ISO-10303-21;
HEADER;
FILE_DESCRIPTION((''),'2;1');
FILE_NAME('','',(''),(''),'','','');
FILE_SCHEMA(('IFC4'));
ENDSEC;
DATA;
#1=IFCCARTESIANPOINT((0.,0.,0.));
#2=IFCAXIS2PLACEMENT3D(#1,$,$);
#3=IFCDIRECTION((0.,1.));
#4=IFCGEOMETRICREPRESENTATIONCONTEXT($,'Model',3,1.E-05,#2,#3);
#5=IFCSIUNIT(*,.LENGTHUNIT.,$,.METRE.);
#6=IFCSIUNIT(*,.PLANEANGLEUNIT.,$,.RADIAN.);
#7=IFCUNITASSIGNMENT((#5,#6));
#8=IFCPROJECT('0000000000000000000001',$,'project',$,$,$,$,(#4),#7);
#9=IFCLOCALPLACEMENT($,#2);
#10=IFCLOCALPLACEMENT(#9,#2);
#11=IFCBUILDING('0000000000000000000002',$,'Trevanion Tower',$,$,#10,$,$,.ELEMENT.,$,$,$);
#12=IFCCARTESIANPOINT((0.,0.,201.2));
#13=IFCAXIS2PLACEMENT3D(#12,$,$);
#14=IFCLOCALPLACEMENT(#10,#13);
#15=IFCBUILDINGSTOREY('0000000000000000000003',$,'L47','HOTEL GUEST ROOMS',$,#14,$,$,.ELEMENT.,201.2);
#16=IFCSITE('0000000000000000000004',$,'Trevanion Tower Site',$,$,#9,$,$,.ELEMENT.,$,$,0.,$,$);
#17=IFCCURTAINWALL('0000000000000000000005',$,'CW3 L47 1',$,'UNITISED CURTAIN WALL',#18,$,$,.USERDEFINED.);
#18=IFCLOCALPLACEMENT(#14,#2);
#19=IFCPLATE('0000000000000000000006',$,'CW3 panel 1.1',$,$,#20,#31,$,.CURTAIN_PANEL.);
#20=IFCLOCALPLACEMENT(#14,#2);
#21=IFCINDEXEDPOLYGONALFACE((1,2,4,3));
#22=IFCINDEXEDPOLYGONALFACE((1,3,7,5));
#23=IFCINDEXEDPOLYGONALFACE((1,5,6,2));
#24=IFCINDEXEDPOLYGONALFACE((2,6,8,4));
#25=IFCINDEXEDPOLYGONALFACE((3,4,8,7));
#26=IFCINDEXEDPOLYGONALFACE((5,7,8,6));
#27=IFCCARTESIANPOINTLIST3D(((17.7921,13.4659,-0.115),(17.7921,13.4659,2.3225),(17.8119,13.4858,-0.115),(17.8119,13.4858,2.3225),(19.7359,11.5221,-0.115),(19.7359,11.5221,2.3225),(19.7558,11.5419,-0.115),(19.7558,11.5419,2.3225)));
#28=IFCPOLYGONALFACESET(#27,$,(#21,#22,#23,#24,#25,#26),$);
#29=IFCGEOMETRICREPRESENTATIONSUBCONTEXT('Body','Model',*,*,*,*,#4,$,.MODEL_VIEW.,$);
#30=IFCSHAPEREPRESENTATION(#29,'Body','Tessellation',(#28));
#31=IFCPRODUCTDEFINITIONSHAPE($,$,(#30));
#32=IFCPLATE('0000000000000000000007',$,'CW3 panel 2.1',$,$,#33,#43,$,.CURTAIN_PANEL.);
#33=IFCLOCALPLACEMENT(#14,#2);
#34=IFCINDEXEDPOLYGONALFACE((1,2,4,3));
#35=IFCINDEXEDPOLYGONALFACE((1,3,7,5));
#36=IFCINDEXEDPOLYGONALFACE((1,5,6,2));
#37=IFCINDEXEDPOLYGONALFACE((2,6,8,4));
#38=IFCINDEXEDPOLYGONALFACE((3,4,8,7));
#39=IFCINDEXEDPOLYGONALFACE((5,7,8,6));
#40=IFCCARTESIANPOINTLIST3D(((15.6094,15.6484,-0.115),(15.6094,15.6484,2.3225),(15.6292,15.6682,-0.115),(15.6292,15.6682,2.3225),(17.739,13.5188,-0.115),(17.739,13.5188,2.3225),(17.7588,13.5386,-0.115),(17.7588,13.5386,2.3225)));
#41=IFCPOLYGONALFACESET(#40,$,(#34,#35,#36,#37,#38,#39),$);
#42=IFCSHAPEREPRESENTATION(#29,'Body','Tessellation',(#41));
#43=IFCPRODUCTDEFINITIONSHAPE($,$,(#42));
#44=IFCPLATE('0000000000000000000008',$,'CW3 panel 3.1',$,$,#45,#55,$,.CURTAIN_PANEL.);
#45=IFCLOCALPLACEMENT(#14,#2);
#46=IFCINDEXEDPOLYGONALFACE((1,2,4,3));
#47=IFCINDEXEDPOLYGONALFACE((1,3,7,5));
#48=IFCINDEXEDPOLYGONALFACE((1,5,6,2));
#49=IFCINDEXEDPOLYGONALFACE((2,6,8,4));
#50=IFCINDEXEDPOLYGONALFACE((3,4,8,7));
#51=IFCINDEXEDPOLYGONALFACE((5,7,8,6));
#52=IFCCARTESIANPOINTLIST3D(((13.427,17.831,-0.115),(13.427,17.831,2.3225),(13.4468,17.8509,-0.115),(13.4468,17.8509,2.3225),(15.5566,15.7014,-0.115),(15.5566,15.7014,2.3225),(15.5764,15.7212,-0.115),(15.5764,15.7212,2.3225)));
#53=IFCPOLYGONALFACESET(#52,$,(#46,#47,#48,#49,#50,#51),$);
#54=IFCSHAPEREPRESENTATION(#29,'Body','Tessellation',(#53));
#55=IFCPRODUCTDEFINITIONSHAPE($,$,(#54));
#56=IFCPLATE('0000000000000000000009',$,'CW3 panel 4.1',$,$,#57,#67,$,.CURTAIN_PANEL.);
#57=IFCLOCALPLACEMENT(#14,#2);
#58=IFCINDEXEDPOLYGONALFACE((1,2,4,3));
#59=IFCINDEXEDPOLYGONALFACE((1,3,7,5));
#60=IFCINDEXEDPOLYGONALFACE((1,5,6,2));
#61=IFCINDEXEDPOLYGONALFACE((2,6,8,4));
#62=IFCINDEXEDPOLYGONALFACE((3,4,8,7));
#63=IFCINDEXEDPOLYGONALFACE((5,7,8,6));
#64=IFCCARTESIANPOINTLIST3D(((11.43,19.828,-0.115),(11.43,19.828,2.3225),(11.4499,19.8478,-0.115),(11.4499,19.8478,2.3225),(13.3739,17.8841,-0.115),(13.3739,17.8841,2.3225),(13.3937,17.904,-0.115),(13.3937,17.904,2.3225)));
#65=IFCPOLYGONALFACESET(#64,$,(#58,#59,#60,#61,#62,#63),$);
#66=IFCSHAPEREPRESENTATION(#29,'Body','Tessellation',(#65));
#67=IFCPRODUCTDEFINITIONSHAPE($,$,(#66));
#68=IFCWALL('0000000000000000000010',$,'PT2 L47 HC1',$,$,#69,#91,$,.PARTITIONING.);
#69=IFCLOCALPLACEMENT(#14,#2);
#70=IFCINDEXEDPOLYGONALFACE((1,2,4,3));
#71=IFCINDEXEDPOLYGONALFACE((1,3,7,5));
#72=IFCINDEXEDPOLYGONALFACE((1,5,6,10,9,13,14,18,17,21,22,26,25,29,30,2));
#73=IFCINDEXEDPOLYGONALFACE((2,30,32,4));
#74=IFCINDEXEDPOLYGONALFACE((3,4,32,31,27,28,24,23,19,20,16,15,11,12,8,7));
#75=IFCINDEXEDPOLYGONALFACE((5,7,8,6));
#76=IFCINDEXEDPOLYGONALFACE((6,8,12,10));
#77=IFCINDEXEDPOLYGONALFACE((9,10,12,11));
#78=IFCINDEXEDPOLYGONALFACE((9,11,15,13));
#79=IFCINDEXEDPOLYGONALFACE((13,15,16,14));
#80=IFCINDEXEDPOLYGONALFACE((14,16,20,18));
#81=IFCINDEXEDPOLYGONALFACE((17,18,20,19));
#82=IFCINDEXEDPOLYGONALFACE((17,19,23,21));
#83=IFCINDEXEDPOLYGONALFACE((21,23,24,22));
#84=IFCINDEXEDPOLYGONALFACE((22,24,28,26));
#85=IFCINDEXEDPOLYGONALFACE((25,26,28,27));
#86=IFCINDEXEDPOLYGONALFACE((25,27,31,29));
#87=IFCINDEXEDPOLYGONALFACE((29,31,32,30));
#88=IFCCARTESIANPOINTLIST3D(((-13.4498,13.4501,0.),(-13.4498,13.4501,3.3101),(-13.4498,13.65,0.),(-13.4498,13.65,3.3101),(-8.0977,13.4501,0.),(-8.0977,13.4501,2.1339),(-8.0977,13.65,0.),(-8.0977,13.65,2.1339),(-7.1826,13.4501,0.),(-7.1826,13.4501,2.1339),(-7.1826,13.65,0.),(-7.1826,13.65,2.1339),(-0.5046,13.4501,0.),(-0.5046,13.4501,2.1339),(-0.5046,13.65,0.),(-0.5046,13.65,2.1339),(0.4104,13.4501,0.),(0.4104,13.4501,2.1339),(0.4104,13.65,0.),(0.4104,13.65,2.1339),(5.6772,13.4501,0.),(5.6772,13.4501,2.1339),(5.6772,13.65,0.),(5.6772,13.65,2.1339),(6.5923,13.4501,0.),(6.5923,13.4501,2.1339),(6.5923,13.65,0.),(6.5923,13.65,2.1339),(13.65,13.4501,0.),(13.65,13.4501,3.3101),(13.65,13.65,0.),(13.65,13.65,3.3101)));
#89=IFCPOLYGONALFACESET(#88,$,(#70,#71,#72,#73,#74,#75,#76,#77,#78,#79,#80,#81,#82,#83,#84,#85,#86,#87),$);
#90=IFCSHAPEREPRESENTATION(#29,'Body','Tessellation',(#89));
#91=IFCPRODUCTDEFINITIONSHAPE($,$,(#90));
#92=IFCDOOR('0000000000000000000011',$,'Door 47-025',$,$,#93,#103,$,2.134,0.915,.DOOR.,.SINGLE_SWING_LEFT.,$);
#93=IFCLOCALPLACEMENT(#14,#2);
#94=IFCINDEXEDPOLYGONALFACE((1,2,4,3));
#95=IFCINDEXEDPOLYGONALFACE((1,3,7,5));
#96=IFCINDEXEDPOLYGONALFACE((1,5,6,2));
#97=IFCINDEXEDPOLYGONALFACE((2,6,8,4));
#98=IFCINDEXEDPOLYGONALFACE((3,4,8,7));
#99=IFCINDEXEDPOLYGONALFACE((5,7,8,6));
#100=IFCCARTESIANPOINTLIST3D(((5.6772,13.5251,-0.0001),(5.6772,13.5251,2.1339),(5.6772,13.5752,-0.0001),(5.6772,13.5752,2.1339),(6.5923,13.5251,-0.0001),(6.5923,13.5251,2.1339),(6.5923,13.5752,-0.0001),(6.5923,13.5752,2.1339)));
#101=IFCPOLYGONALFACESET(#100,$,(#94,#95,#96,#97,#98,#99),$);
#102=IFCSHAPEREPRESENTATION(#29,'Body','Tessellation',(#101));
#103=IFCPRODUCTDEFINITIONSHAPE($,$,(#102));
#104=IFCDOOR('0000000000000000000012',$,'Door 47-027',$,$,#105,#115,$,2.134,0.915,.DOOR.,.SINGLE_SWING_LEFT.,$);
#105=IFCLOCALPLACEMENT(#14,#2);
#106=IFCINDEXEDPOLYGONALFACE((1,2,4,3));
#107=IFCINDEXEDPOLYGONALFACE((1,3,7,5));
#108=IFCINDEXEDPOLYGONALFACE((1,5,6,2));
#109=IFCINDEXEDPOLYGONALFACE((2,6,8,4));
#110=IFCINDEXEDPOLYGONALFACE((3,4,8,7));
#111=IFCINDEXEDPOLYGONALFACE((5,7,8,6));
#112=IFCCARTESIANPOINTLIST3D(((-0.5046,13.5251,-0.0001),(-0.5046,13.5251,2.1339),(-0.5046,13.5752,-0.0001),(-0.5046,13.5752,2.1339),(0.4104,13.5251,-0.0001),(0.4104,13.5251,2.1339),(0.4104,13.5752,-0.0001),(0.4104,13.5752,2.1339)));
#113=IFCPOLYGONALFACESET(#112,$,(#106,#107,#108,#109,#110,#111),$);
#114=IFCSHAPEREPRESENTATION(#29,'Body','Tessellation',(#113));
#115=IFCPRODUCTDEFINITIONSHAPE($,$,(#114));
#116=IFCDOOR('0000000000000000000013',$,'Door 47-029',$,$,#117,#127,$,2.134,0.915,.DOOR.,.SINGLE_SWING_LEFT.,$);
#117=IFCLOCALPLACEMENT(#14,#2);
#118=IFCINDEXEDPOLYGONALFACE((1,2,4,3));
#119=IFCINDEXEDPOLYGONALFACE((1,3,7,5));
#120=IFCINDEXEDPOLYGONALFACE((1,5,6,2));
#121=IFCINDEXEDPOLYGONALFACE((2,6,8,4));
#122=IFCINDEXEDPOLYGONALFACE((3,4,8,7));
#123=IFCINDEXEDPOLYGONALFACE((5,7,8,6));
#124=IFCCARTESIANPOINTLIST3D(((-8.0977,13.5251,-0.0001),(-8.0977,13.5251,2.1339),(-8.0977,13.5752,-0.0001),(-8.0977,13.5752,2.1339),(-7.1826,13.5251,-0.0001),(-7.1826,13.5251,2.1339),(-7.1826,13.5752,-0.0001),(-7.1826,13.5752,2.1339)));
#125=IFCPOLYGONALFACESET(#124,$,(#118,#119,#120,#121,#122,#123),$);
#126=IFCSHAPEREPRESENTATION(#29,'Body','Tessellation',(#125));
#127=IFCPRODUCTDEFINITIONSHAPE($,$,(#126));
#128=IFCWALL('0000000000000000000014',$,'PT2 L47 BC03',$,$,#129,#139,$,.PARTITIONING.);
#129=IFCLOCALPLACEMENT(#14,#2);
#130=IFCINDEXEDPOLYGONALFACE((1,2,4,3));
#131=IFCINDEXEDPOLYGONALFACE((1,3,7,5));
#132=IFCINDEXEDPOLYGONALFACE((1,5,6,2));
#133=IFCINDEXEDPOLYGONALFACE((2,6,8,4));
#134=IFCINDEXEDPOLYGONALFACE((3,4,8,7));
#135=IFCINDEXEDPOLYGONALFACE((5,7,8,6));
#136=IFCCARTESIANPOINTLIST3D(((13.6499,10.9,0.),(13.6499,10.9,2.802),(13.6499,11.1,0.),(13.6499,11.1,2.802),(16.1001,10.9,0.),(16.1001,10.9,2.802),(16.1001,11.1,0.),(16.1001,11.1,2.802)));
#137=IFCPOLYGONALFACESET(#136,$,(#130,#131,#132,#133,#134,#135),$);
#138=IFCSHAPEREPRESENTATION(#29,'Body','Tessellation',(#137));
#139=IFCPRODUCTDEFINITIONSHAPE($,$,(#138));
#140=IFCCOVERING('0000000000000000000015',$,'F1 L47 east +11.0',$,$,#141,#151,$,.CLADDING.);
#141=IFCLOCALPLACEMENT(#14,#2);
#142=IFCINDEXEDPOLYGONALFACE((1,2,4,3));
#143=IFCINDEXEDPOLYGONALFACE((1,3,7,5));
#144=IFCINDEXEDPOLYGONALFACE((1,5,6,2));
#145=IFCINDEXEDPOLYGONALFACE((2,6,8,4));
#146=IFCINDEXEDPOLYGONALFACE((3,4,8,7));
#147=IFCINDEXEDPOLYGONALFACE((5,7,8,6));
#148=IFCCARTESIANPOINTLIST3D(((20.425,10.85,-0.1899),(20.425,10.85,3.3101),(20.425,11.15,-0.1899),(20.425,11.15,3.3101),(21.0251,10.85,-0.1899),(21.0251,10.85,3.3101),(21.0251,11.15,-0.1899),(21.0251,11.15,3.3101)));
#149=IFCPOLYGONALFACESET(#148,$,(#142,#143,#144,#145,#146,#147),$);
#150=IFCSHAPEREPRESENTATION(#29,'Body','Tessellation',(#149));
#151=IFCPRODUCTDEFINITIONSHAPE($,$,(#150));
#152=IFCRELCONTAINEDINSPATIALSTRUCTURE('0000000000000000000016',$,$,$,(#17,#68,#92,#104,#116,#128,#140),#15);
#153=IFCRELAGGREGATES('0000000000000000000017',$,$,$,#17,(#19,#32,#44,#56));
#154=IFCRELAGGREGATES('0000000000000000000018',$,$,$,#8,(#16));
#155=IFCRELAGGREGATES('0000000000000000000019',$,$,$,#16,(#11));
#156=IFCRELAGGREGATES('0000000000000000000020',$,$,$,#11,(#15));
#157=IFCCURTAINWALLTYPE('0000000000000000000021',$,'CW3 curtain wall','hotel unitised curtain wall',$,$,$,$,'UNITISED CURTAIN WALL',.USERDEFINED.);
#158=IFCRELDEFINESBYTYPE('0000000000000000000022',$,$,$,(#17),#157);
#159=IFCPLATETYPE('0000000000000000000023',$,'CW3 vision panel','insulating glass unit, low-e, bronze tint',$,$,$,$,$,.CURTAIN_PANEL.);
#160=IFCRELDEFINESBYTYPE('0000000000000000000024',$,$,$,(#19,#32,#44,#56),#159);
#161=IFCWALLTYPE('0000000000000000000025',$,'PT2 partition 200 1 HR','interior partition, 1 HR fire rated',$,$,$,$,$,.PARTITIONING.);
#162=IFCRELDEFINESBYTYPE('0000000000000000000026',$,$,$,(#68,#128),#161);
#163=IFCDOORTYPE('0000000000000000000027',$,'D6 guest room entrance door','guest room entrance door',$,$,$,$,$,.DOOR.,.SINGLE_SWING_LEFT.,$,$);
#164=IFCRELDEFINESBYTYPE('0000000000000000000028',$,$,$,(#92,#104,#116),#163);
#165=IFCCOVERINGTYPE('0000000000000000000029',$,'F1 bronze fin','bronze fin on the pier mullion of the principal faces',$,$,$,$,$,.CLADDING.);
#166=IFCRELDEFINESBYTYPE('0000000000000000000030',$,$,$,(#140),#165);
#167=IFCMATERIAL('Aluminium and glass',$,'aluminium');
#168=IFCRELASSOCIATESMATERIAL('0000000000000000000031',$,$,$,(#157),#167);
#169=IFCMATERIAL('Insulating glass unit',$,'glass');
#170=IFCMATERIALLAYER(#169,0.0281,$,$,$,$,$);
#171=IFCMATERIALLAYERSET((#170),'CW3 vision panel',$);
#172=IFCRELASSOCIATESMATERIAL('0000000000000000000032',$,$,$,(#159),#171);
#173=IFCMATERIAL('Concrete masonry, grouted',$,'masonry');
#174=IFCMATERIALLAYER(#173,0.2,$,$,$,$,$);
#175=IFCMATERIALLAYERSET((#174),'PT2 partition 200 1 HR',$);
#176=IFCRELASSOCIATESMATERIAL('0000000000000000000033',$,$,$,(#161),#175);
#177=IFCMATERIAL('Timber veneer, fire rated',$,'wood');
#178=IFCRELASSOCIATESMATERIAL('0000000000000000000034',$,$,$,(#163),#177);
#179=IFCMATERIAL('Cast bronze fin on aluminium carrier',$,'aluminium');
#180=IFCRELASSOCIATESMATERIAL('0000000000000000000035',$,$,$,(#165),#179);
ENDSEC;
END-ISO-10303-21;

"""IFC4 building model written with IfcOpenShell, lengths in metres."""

from ifc_helpers import new_model, si_unit, direction, frame, frame_2d, origin, origin_2d, place, context, subcontext, project, spatial, rectangle, extrude, material, layer, layer_set, type_object, element, fill, aggregate, save


model = new_model("IFC4")

# Units and contexts
model_context = context("Model", 3, precision=1e-05, world=origin(), true_north=direction((0.0, 1.0)))
body_context = subcontext(model_context, "Body", "Model", "MODEL_VIEW")
ifc_project = project(units=[si_unit("LENGTHUNIT", "METRE"), si_unit("PLANEANGLEUNIT", "RADIAN")], contexts=[model_context])

# Site, building, storey
site_placement = place(None, origin())
site = spatial("IfcSite", under=ifc_project, at=site_placement, Name="Trevanion Tower Site", CompositionType="ELEMENT", RefElevation=0.0)
building_placement = place(site_placement, origin())
building = spatial("IfcBuilding", under=site, at=building_placement, Name="Trevanion Tower", CompositionType="ELEMENT")
storey_placement = place(building_placement, frame((0.0, 0.0, 201.2)))
storey = spatial("IfcBuildingStorey", under=building, at=storey_placement, Name="L47", Description="HOTEL GUEST ROOMS", CompositionType="ELEMENT", Elevation=201.2)

# Curtain wall
ifc_material_1 = material(Name="Aluminium and glass", Category="aluminium")
curtain_wall_type = type_object("IfcCurtainWallType", Name="CW3 curtain wall", Description="hotel unitised curtain wall", ElementType="UNITISED CURTAIN WALL", PredefinedType="USERDEFINED", material=ifc_material_1)
curtain_wall_1_placement = place(storey_placement, origin())
curtain_wall_1 = element("IfcCurtainWall", 1, at=curtain_wall_1_placement, inside=storey, type_object=curtain_wall_type, Name="CW3 L47 1", ObjectType="UNITISED CURTAIN WALL", PredefinedType="USERDEFINED")

# Plates
ifc_material_2 = material(Name="Insulating glass unit", Category="glass")
ifc_layer_1 = layer(ifc_material_2, 0.0281)
ifc_layer_set_1 = layer_set([ifc_layer_1], Name="CW3 vision panel")
plate_type_1 = type_object("IfcPlateType", Name="CW3 vision panel", Description="insulating glass unit, low-e, bronze tint", PredefinedType="CURTAIN_PANEL", material=ifc_layer_set_1)
plate_1_placement = place(storey_placement, frame((18.7739, 12.5039, -0.115), z_axis=(0.0, 0.0, 1.0), x_axis=(-0.707107, 0.707107, 0.0)))
plate_1 = element("IfcPlate", 2, at=plate_1_placement, type_object=plate_type_1, Name="CW3 panel 1.1", PredefinedType="CURTAIN_PANEL", context=body_context, shape_type="SweptSolid", body=[
    extrude(rectangle(XDim=2.749, YDim=0.0281, at=origin_2d()), origin(), (0.0, 0.0, 1.0), 2.4375),
])
plate_2_placement = place(storey_placement, frame((16.6841, 14.5935, -0.115), z_axis=(0.0, 0.0, 1.0), x_axis=(-0.707107, 0.707107, 0.0)))
plate_2 = element("IfcPlate", 3, at=plate_2_placement, type_object=plate_type_1, Name="CW3 panel 2.1", PredefinedType="CURTAIN_PANEL", context=body_context, shape_type="SweptSolid", body=[
    extrude(rectangle(XDim=3.0117, YDim=0.0281, at=origin_2d()), origin(), (0.0, 0.0, 1.0), 2.4375),
])
plate_3_placement = place(storey_placement, frame((14.5017, 16.7761, -0.115), z_axis=(0.0, 0.0, 1.0), x_axis=(-0.707107, 0.707107, 0.0)))
plate_3 = element("IfcPlate", 4, at=plate_3_placement, type_object=plate_type_1, Name="CW3 panel 3.1", PredefinedType="CURTAIN_PANEL", context=body_context, shape_type="SweptSolid", body=[
    extrude(rectangle(XDim=3.0117, YDim=0.0281, at=origin_2d()), origin(), (0.0, 0.0, 1.0), 2.4375),
])
plate_4_placement = place(storey_placement, frame((12.4119, 18.866, -0.115), z_axis=(0.0, 0.0, 1.0), x_axis=(-0.707107, 0.707107, 0.0)))
plate_4 = element("IfcPlate", 5, at=plate_4_placement, type_object=plate_type_1, Name="CW3 panel 4.1", PredefinedType="CURTAIN_PANEL", context=body_context, shape_type="SweptSolid", body=[
    extrude(rectangle(XDim=2.749, YDim=0.0281, at=origin_2d()), origin(), (0.0, 0.0, 1.0), 2.4375),
])
aggregate(curtain_wall_1, [plate_1, plate_2, plate_3, plate_4])

# Wall, openings, doors
ifc_material_3 = material(Name="Concrete masonry, grouted", Category="masonry")
ifc_layer_2 = layer(ifc_material_3, 0.2)
ifc_layer_set_2 = layer_set([ifc_layer_2], Name="PT2 partition 200 1 HR")
wall_type = type_object("IfcWallType", Name="PT2 partition 200 1 HR", Description="interior partition, 1 HR fire rated", PredefinedType="PARTITIONING", material=ifc_layer_set_2)
wall_1_placement = place(storey_placement, frame((13.6499, 13.55, 0.0), z_axis=(0.0, 0.0, 1.0), x_axis=(-1.0, 0.0, 0.0)))
wall_1 = element("IfcWall", 6, at=wall_1_placement, inside=storey, type_object=wall_type, Name="PT2 L47 HC1", PredefinedType="PARTITIONING", context=body_context, shape_type="SweptSolid", body=[
    extrude(rectangle(XDim=27.0999, YDim=0.2, at=frame_2d((13.5498, 0.0))), origin(), (0.0, 0.0, 1.0), 3.3101),
])
opening_1_placement = place(wall_1_placement, frame((7.0576, 0.0, 0.0)))
opening_1 = element("IfcOpeningElement", 7, at=opening_1_placement, cuts=wall_1, PredefinedType="OPENING", context=body_context, shape_type="SweptSolid", body=[
    extrude(rectangle(XDim=0.915, YDim=2.134, at=frame_2d((0.4575, 1.0669))), frame((0.0, 0.1099, 0.0), z_axis=(0.0, -1.0, 0.0), x_axis=(1.0, 0.0, 0.0)), (0.0, 0.0, 1.0), 0.22),
])
opening_2_placement = place(wall_1_placement, frame((13.2395, 0.0, 0.0)))
opening_2 = element("IfcOpeningElement", 8, at=opening_2_placement, cuts=wall_1, PredefinedType="OPENING", context=body_context, shape_type="SweptSolid", body=[
    extrude(rectangle(XDim=0.915, YDim=2.134, at=frame_2d((0.4575, 1.0669))), frame((0.0, 0.1099, 0.0), z_axis=(0.0, -1.0, 0.0), x_axis=(1.0, 0.0, 0.0)), (0.0, 0.0, 1.0), 0.22),
])
opening_3_placement = place(wall_1_placement, frame((20.8325, 0.0, 0.0)))
opening_3 = element("IfcOpeningElement", 9, at=opening_3_placement, cuts=wall_1, PredefinedType="OPENING", context=body_context, shape_type="SweptSolid", body=[
    extrude(rectangle(XDim=0.915, YDim=2.134, at=frame_2d((0.4575, 1.0669))), frame((0.0, 0.1099, 0.0), z_axis=(0.0, -1.0, 0.0), x_axis=(1.0, 0.0, 0.0)), (0.0, 0.0, 1.0), 0.22),
])
ifc_material_4 = material(Name="Timber veneer, fire rated", Category="wood")
door_type = type_object("IfcDoorType", Name="D6 guest room entrance door", Description="guest room entrance door", OperationType="SINGLE_SWING_LEFT", PredefinedType="DOOR", material=ifc_material_4)
door_1_placement = place(opening_1_placement, origin())
door_1 = element("IfcDoor", 10, at=door_1_placement, inside=storey, type_object=door_type, Name="Door 47-025", OperationType="SINGLE_SWING_LEFT", OverallHeight=2.134, OverallWidth=0.915, PredefinedType="DOOR", context=body_context, shape_type="SweptSolid", body=[
    extrude(rectangle(XDim=0.915, YDim=2.134, at=frame_2d((0.4575, 1.0669))), frame((0.0, 0.0249, 0.0), z_axis=(0.0, -1.0, 0.0), x_axis=(1.0, 0.0, 0.0)), (0.0, 0.0, 1.0), 0.05),
])
fill(opening_1, door_1)
door_2_placement = place(opening_2_placement, origin())
door_2 = element("IfcDoor", 11, at=door_2_placement, inside=storey, type_object=door_type, Name="Door 47-027", OperationType="SINGLE_SWING_LEFT", OverallHeight=2.134, OverallWidth=0.915, PredefinedType="DOOR", context=body_context, shape_type="SweptSolid", body=[
    extrude(rectangle(XDim=0.915, YDim=2.134, at=frame_2d((0.4575, 1.0669))), frame((0.0, 0.0249, 0.0), z_axis=(0.0, -1.0, 0.0), x_axis=(1.0, 0.0, 0.0)), (0.0, 0.0, 1.0), 0.05),
])
fill(opening_2, door_2)
door_3_placement = place(opening_3_placement, origin())
door_3 = element("IfcDoor", 12, at=door_3_placement, inside=storey, type_object=door_type, Name="Door 47-029", OperationType="SINGLE_SWING_LEFT", OverallHeight=2.134, OverallWidth=0.915, PredefinedType="DOOR", context=body_context, shape_type="SweptSolid", body=[
    extrude(rectangle(XDim=0.915, YDim=2.134, at=frame_2d((0.4575, 1.0669))), frame((0.0, 0.0249, 0.0), z_axis=(0.0, -1.0, 0.0), x_axis=(1.0, 0.0, 0.0)), (0.0, 0.0, 1.0), 0.05),
])
fill(opening_3, door_3)

# Wall
wall_2_placement = place(storey_placement, frame((13.6499, 11.0, 0.0), z_axis=(0.0, 0.0, 1.0), x_axis=(1.0, 0.0, 0.0)))
element("IfcWall", 13, at=wall_2_placement, inside=storey, type_object=wall_type, Name="PT2 L47 BC03", PredefinedType="PARTITIONING", context=body_context, shape_type="SweptSolid", body=[
    extrude(rectangle(XDim=2.4502, YDim=0.2, at=frame_2d((1.2251, 0.0))), origin(), (0.0, 0.0, 1.0), 2.802),
])

# Covering
ifc_material_5 = material(Name="Cast bronze fin on aluminium carrier", Category="aluminium")
covering_type = type_object("IfcCoveringType", Name="F1 bronze fin", Description="bronze fin on the pier mullion of the principal faces", PredefinedType="CLADDING", material=ifc_material_5)
covering_placement = place(storey_placement, frame((20.7251, 11.0, -0.1899), z_axis=(0.0, 0.0, 1.0), x_axis=(0.0, 1.0, 0.0)))
element("IfcCovering", 14, at=covering_placement, inside=storey, type_object=covering_type, Name="F1 L47 east +11.0", PredefinedType="CLADDING", context=body_context, shape_type="SweptSolid", body=[
    extrude(rectangle(XDim=0.3, YDim=0.6001, at=origin_2d()), origin(), (0.0, 0.0, 1.0), 3.5),
])

save(model, "model.ifc")
